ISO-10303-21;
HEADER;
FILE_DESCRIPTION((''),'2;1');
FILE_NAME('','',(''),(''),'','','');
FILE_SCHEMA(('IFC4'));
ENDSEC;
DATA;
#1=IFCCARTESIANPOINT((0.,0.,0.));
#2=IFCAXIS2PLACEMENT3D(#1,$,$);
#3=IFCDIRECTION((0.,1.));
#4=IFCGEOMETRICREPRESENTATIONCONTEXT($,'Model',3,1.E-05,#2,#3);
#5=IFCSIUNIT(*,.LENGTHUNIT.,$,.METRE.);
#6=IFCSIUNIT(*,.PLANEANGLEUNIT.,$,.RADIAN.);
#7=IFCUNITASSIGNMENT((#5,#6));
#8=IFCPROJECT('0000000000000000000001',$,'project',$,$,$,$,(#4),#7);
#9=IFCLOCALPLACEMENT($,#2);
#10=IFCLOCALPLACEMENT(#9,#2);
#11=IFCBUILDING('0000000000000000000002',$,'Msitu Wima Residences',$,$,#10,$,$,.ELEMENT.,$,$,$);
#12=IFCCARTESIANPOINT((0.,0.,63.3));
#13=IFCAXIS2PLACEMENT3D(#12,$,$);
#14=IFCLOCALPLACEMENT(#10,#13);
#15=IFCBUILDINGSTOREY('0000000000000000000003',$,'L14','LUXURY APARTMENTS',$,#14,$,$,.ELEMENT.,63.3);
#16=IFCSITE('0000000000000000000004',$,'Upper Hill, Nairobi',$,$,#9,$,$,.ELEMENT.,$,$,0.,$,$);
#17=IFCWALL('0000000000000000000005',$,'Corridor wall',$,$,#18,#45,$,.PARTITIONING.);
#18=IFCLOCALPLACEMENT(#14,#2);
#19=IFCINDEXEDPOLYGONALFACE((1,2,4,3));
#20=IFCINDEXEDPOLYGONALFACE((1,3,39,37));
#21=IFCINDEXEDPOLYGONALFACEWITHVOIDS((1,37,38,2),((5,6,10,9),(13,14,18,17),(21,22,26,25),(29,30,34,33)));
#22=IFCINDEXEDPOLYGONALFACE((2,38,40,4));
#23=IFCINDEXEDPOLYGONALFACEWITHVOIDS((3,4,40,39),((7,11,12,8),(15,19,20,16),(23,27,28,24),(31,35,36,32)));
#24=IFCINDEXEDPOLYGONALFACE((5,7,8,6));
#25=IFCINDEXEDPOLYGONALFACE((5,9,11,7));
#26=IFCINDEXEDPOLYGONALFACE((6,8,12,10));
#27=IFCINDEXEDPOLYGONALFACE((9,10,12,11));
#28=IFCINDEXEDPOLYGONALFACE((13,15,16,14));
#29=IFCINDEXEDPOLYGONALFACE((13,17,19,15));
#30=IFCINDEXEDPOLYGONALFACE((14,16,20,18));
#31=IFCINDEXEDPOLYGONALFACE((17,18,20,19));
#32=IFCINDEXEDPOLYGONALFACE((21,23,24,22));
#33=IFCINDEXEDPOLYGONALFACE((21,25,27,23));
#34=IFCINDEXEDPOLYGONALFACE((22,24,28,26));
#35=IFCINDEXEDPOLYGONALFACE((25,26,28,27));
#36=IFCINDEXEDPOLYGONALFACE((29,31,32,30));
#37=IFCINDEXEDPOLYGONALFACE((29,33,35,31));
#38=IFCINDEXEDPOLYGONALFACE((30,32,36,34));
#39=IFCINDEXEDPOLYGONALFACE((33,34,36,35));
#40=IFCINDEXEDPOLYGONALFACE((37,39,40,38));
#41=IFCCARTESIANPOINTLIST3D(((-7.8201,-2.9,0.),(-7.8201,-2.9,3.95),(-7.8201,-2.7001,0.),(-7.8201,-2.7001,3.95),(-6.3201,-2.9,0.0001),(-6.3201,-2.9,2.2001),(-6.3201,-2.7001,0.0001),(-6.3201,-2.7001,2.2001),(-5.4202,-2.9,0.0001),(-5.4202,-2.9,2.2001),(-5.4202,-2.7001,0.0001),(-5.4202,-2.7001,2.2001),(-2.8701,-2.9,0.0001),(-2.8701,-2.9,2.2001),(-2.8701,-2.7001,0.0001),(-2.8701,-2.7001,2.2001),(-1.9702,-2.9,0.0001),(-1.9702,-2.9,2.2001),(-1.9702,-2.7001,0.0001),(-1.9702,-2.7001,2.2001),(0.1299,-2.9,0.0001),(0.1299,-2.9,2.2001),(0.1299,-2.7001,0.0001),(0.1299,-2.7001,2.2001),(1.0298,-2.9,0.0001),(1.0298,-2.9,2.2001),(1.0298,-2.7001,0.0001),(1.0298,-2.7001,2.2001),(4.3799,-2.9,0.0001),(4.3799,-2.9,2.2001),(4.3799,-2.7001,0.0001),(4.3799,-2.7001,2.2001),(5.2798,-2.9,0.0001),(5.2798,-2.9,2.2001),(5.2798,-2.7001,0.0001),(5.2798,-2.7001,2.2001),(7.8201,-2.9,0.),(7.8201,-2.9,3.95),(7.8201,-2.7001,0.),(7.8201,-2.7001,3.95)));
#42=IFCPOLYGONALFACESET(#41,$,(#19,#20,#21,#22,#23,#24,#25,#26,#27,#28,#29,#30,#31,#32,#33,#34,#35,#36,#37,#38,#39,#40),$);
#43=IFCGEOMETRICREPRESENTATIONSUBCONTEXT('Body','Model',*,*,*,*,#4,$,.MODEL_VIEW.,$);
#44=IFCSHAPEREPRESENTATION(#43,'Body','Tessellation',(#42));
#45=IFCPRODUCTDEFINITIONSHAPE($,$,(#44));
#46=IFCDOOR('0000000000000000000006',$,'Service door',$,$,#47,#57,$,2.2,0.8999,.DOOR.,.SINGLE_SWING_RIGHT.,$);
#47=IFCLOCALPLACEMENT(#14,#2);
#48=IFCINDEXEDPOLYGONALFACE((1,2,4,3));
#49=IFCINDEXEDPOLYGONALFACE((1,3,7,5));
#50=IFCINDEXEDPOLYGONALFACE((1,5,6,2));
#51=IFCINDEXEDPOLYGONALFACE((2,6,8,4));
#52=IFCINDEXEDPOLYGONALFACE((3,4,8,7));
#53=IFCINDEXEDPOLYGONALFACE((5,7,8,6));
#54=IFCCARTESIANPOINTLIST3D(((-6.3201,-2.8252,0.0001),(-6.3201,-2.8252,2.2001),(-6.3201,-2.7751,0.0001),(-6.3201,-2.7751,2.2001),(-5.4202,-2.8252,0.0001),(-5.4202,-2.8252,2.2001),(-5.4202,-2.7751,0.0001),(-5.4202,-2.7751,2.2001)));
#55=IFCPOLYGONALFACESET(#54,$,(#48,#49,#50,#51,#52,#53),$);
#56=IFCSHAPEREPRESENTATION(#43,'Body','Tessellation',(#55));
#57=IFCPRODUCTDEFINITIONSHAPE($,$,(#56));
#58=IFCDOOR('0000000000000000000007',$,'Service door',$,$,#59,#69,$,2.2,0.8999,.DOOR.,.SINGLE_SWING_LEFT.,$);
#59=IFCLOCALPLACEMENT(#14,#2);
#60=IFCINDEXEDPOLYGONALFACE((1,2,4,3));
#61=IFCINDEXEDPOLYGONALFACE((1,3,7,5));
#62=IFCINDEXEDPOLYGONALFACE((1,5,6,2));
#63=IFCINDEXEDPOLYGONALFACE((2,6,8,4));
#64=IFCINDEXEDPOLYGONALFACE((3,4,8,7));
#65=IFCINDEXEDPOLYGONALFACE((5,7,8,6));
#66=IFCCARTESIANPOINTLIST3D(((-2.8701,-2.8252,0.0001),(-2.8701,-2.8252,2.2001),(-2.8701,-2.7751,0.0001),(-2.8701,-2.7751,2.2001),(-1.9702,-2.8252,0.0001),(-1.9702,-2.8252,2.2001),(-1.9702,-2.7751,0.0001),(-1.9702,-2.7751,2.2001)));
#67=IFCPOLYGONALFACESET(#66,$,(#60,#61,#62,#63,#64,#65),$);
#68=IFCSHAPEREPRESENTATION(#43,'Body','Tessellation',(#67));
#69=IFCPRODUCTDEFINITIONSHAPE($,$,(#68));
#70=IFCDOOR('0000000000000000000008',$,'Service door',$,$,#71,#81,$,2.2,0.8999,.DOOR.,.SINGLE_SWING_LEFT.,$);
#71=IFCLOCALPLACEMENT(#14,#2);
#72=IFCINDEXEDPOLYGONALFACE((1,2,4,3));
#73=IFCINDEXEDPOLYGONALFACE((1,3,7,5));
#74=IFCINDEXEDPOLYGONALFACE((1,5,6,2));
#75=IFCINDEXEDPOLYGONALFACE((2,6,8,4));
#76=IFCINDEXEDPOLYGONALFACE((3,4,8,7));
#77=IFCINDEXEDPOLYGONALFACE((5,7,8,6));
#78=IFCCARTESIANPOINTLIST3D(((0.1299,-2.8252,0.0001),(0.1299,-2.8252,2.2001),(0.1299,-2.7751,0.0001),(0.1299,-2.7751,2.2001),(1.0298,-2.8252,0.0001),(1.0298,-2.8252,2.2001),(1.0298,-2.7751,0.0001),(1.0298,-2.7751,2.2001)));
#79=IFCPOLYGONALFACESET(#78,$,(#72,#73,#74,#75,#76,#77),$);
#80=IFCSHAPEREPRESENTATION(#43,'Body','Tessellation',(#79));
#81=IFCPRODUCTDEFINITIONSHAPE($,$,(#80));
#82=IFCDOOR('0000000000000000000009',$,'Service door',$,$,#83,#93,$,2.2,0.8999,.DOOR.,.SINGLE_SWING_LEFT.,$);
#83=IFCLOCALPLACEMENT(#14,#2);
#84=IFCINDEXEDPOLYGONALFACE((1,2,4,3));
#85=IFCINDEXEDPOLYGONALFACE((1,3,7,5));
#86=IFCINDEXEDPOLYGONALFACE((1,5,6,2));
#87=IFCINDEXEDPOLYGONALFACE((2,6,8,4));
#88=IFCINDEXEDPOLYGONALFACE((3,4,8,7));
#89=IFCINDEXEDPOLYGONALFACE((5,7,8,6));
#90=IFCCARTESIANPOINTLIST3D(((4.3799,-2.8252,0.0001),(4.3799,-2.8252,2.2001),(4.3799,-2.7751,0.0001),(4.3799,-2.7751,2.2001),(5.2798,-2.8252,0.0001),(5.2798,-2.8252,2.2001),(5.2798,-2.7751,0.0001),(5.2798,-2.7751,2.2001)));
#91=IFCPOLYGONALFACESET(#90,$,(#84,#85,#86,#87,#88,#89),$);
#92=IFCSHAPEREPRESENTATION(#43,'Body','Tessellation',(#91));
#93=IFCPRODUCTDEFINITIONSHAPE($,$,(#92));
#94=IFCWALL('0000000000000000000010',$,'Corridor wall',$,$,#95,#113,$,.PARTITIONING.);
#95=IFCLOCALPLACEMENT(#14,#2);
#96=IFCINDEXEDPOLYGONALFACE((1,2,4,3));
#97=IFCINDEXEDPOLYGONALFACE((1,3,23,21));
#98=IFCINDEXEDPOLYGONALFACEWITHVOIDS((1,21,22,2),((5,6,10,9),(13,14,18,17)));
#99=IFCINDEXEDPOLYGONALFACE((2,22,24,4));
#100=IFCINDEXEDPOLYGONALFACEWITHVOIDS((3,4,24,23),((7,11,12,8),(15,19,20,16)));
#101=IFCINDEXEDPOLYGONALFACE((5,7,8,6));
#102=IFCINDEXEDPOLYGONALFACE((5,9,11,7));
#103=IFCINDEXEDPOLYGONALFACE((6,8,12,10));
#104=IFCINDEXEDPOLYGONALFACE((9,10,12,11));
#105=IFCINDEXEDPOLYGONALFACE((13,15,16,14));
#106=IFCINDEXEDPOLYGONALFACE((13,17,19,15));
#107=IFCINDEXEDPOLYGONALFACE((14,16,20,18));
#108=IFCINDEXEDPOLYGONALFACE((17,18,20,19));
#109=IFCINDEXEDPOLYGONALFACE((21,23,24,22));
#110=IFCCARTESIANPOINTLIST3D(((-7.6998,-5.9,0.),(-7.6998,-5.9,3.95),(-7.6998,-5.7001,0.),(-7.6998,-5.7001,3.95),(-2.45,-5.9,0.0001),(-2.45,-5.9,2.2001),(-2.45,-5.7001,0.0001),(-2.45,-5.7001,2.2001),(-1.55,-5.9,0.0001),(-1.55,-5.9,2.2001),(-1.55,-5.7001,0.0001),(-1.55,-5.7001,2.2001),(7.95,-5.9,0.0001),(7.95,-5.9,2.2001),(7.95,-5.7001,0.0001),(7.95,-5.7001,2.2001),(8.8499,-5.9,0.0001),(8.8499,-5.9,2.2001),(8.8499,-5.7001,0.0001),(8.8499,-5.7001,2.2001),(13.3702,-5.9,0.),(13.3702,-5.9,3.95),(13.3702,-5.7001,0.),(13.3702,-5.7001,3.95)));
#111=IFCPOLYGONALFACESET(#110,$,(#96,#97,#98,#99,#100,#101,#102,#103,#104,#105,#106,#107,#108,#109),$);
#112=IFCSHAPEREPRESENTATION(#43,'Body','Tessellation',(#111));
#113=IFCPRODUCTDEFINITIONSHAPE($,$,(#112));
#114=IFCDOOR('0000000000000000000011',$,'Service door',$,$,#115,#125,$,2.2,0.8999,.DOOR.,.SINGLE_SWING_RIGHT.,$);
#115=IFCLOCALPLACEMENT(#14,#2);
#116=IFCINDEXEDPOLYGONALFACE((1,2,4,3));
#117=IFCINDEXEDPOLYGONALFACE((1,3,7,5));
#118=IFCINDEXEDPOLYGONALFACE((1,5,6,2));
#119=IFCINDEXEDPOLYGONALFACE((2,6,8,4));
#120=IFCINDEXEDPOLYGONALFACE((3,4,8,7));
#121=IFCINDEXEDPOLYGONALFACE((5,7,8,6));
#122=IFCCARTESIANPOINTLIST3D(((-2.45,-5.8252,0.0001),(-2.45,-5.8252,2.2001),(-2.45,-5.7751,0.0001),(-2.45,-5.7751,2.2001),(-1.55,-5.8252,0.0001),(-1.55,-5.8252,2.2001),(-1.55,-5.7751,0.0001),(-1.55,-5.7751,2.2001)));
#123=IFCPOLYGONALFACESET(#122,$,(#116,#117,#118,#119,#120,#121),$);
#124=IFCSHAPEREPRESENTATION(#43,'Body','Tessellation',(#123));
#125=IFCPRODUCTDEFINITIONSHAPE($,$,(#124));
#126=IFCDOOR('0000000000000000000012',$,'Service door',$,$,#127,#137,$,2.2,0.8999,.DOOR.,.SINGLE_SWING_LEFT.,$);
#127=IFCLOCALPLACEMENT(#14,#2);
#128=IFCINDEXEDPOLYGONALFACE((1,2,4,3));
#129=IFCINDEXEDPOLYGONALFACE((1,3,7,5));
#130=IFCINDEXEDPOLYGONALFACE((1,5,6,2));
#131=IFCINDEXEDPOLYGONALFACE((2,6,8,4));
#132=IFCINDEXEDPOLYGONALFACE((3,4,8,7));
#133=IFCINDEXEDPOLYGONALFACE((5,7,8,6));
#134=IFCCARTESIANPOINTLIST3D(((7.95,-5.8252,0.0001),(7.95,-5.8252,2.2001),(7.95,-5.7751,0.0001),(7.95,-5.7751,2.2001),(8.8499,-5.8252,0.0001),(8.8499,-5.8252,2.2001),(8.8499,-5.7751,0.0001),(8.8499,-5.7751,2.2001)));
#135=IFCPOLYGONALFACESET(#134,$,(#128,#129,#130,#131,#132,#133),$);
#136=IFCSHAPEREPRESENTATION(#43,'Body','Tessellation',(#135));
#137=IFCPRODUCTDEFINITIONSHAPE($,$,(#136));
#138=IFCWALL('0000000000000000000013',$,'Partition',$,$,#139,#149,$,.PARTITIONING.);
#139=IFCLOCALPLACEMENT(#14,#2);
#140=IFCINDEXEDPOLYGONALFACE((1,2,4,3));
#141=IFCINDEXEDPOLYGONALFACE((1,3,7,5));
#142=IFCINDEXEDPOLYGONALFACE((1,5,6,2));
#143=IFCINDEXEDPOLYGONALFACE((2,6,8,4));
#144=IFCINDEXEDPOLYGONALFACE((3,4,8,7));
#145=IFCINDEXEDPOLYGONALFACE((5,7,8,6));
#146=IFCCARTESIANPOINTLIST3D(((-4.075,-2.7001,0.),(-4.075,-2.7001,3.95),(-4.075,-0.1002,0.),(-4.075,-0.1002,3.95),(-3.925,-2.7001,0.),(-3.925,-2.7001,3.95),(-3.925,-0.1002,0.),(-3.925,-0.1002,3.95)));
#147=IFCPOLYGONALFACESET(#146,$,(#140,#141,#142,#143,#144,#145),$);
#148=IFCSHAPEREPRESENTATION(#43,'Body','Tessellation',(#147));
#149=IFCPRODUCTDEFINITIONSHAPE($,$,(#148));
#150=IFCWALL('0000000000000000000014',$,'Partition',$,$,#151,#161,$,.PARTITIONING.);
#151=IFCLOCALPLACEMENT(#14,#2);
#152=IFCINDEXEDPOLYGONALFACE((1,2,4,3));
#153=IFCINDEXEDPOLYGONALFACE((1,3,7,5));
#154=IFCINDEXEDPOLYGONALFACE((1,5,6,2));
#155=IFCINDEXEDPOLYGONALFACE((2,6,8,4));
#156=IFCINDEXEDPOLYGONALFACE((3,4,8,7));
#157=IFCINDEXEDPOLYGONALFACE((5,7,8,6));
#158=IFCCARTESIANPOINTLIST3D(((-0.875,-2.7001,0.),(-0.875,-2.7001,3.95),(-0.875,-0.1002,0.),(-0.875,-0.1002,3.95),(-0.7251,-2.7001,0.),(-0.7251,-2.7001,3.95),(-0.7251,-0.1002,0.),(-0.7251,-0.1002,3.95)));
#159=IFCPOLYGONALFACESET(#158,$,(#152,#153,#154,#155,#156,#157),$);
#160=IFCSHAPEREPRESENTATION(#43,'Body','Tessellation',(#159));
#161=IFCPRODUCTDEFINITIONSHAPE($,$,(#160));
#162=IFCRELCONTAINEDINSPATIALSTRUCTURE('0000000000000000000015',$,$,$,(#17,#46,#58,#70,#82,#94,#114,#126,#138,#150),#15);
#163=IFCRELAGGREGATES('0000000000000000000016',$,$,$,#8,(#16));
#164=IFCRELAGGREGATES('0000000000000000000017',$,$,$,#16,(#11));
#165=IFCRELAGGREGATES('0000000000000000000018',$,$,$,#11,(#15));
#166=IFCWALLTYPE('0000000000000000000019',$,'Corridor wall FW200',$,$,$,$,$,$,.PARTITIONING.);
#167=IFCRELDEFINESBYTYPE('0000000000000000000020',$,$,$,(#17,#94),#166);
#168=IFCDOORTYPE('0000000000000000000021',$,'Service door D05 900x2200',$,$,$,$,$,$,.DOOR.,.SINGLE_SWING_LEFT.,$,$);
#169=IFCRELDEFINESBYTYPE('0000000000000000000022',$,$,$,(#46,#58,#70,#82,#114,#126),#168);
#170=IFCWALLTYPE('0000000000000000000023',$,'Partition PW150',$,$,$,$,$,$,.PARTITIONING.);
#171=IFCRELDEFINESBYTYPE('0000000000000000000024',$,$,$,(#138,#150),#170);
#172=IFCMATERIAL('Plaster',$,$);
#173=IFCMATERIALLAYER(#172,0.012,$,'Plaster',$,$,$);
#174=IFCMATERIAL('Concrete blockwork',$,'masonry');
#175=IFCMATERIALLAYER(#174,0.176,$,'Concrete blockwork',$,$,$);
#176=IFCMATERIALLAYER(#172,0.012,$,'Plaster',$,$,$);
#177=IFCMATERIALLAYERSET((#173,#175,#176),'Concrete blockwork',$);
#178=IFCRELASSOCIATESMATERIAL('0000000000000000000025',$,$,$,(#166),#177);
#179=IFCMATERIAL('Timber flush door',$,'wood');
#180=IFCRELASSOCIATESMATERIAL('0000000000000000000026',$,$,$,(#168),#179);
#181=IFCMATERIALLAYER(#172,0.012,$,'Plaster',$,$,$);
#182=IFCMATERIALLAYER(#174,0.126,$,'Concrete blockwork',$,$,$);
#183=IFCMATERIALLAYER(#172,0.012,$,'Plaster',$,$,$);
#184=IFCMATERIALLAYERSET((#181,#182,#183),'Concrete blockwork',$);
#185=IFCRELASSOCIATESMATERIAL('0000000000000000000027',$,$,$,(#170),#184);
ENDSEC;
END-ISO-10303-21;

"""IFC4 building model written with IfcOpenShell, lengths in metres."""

from ifc_helpers import new_model, si_unit, direction, frame, frame_2d, origin, place, context, subcontext, project, spatial, rectangle, extrude, material, layer, layer_set, type_object, element, fill, save


model = new_model("IFC4")

# Units and contexts
model_context = context("Model", 3, precision=1e-05, world=origin(), true_north=direction((0.0, 1.0)))
body_context = subcontext(model_context, "Body", "Model", "MODEL_VIEW")
ifc_project = project(units=[si_unit("LENGTHUNIT", "METRE"), si_unit("PLANEANGLEUNIT", "RADIAN")], contexts=[model_context])

# Site, building, storey
site_placement = place(None, origin())
site = spatial("IfcSite", under=ifc_project, at=site_placement, Name="Upper Hill, Nairobi", CompositionType="ELEMENT", RefElevation=0.0)
building_placement = place(site_placement, origin())
building = spatial("IfcBuilding", under=site, at=building_placement, Name="Msitu Wima Residences", CompositionType="ELEMENT")
storey_placement = place(building_placement, frame((0.0, 0.0, 63.3)))
storey = spatial("IfcBuildingStorey", under=building, at=storey_placement, Name="L14", Description="LUXURY APARTMENTS", CompositionType="ELEMENT", Elevation=63.3)

# Wall, openings, doors
ifc_material_1 = material(Name="Plaster")
ifc_layer_1 = layer(ifc_material_1, 0.012, Name="Plaster")
ifc_material_2 = material(Name="Concrete blockwork", Category="masonry")
ifc_layer_2 = layer(ifc_material_2, 0.176, Name="Concrete blockwork")
ifc_layer_3 = layer(ifc_material_1, 0.012, Name="Plaster")
ifc_layer_set_1 = layer_set([ifc_layer_1, ifc_layer_2, ifc_layer_3], Name="Concrete blockwork")
wall_type_1 = type_object("IfcWallType", Name="Corridor wall FW200", PredefinedType="PARTITIONING", material=ifc_layer_set_1)
wall_1_placement = place(storey_placement, frame((-7.8201, -2.8, 0.0), z_axis=(0.0, 0.0, 1.0), x_axis=(1.0, 0.0, 0.0)))
wall_1 = element("IfcWall", 1, at=wall_1_placement, inside=storey, type_object=wall_type_1, Name="Corridor wall", PredefinedType="PARTITIONING", context=body_context, shape_type="SweptSolid", body=[
    extrude(rectangle(XDim=15.6401, YDim=0.2, at=frame_2d((7.8201, 0.0))), origin(), (0.0, 0.0, 1.0), 3.95),
])
opening_1_placement = place(wall_1_placement, frame((1.5, 0.0, 0.0)))
opening_1 = element("IfcOpeningElement", 2, at=opening_1_placement, cuts=wall_1, PredefinedType="OPENING", context=body_context, shape_type="SweptSolid", body=[
    extrude(rectangle(XDim=0.8999, YDim=2.2, at=frame_2d((0.45, 1.1001))), frame((0.0, 0.1099, 0.0), z_axis=(0.0, -1.0, 0.0), x_axis=(1.0, 0.0, 0.0)), (0.0, 0.0, 1.0), 0.22),
])
opening_2_placement = place(wall_1_placement, frame((4.95, 0.0, 0.0)))
opening_2 = element("IfcOpeningElement", 3, at=opening_2_placement, cuts=wall_1, PredefinedType="OPENING", context=body_context, shape_type="SweptSolid", body=[
    extrude(rectangle(XDim=0.8999, YDim=2.2, at=frame_2d((0.45, 1.1001))), frame((0.0, 0.1099, 0.0), z_axis=(0.0, -1.0, 0.0), x_axis=(1.0, 0.0, 0.0)), (0.0, 0.0, 1.0), 0.22),
])
opening_3_placement = place(wall_1_placement, frame((7.95, 0.0, 0.0)))
opening_3 = element("IfcOpeningElement", 4, at=opening_3_placement, cuts=wall_1, PredefinedType="OPENING", context=body_context, shape_type="SweptSolid", body=[
    extrude(rectangle(XDim=0.8999, YDim=2.2, at=frame_2d((0.45, 1.1001))), frame((0.0, 0.1099, 0.0), z_axis=(0.0, -1.0, 0.0), x_axis=(1.0, 0.0, 0.0)), (0.0, 0.0, 1.0), 0.22),
])
opening_4_placement = place(wall_1_placement, frame((12.2, 0.0, 0.0)))
opening_4 = element("IfcOpeningElement", 5, at=opening_4_placement, cuts=wall_1, PredefinedType="OPENING", context=body_context, shape_type="SweptSolid", body=[
    extrude(rectangle(XDim=0.8999, YDim=2.2, at=frame_2d((0.45, 1.1001))), frame((0.0, 0.1099, 0.0), z_axis=(0.0, -1.0, 0.0), x_axis=(1.0, 0.0, 0.0)), (0.0, 0.0, 1.0), 0.22),
])
ifc_material_3 = material(Name="Timber flush door", Category="wood")
door_type_1 = type_object("IfcDoorType", Name="Service door D05 900x2200", OperationType="SINGLE_SWING_LEFT", PredefinedType="DOOR", material=ifc_material_3)
door_1_placement = place(opening_1_placement, origin())
door_1 = element("IfcDoor", 6, at=door_1_placement, inside=storey, type_object=door_type_1, Name="Service door", OperationType="SINGLE_SWING_RIGHT", OverallHeight=2.2, OverallWidth=0.8999, PredefinedType="DOOR", context=body_context, shape_type="SweptSolid", body=[
    extrude(rectangle(XDim=0.8999, YDim=2.2, at=frame_2d((0.45, 1.1001))), frame((0.0, 0.0249, 0.0), z_axis=(0.0, -1.0, 0.0), x_axis=(1.0, 0.0, 0.0)), (0.0, 0.0, 1.0), 0.05),
])
fill(opening_1, door_1)
door_2_placement = place(opening_2_placement, origin())
door_2 = element("IfcDoor", 7, at=door_2_placement, inside=storey, type_object=door_type_1, Name="Service door", OperationType="SINGLE_SWING_LEFT", OverallHeight=2.2, OverallWidth=0.8999, PredefinedType="DOOR", context=body_context, shape_type="SweptSolid", body=[
    extrude(rectangle(XDim=0.8999, YDim=2.2, at=frame_2d((0.45, 1.1001))), frame((0.0, 0.0249, 0.0), z_axis=(0.0, -1.0, 0.0), x_axis=(1.0, 0.0, 0.0)), (0.0, 0.0, 1.0), 0.05),
])
fill(opening_2, door_2)
door_3_placement = place(opening_3_placement, origin())
door_3 = element("IfcDoor", 8, at=door_3_placement, inside=storey, type_object=door_type_1, Name="Service door", OperationType="SINGLE_SWING_LEFT", OverallHeight=2.2, OverallWidth=0.8999, PredefinedType="DOOR", context=body_context, shape_type="SweptSolid", body=[
    extrude(rectangle(XDim=0.8999, YDim=2.2, at=frame_2d((0.45, 1.1001))), frame((0.0, 0.0249, 0.0), z_axis=(0.0, -1.0, 0.0), x_axis=(1.0, 0.0, 0.0)), (0.0, 0.0, 1.0), 0.05),
])
fill(opening_3, door_3)
door_4_placement = place(opening_4_placement, origin())
door_4 = element("IfcDoor", 9, at=door_4_placement, inside=storey, type_object=door_type_1, Name="Service door", OperationType="SINGLE_SWING_LEFT", OverallHeight=2.2, OverallWidth=0.8999, PredefinedType="DOOR", context=body_context, shape_type="SweptSolid", body=[
    extrude(rectangle(XDim=0.8999, YDim=2.2, at=frame_2d((0.45, 1.1001))), frame((0.0, 0.0249, 0.0), z_axis=(0.0, -1.0, 0.0), x_axis=(1.0, 0.0, 0.0)), (0.0, 0.0, 1.0), 0.05),
])
fill(opening_4, door_4)

# Wall, openings, doors
wall_2_placement = place(storey_placement, frame((-7.7, -5.8, 0.0), z_axis=(0.0, 0.0, 1.0), x_axis=(1.0, 0.0, 0.0)))
wall_2 = element("IfcWall", 10, at=wall_2_placement, inside=storey, type_object=wall_type_1, Name="Corridor wall", PredefinedType="PARTITIONING", context=body_context, shape_type="SweptSolid", body=[
    extrude(rectangle(XDim=21.0701, YDim=0.2, at=frame_2d((10.5352, 0.0))), origin(), (0.0, 0.0, 1.0), 3.95),
])
opening_5_placement = place(wall_2_placement, frame((5.25, 0.0, 0.0)))
opening_5 = element("IfcOpeningElement", 11, at=opening_5_placement, cuts=wall_2, PredefinedType="OPENING", context=body_context, shape_type="SweptSolid", body=[
    extrude(rectangle(XDim=0.8999, YDim=2.2, at=frame_2d((0.45, 1.1001))), frame((0.0, 0.1099, 0.0), z_axis=(0.0, -1.0, 0.0), x_axis=(1.0, 0.0, 0.0)), (0.0, 0.0, 1.0), 0.22),
])
opening_6_placement = place(wall_2_placement, frame((15.6499, 0.0, 0.0)))
opening_6 = element("IfcOpeningElement", 12, at=opening_6_placement, cuts=wall_2, PredefinedType="OPENING", context=body_context, shape_type="SweptSolid", body=[
    extrude(rectangle(XDim=0.8999, YDim=2.2, at=frame_2d((0.45, 1.1001))), frame((0.0, 0.1099, 0.0), z_axis=(0.0, -1.0, 0.0), x_axis=(1.0, 0.0, 0.0)), (0.0, 0.0, 1.0), 0.22),
])
door_5_placement = place(opening_5_placement, origin())
door_5 = element("IfcDoor", 13, at=door_5_placement, inside=storey, type_object=door_type_1, Name="Service door", OperationType="SINGLE_SWING_RIGHT", OverallHeight=2.2, OverallWidth=0.8999, PredefinedType="DOOR", context=body_context, shape_type="SweptSolid", body=[
    extrude(rectangle(XDim=0.8999, YDim=2.2, at=frame_2d((0.45, 1.1001))), frame((0.0, 0.0249, 0.0), z_axis=(0.0, -1.0, 0.0), x_axis=(1.0, 0.0, 0.0)), (0.0, 0.0, 1.0), 0.05),
])
fill(opening_5, door_5)
door_6_placement = place(opening_6_placement, origin())
door_6 = element("IfcDoor", 14, at=door_6_placement, inside=storey, type_object=door_type_1, Name="Service door", OperationType="SINGLE_SWING_LEFT", OverallHeight=2.2, OverallWidth=0.8999, PredefinedType="DOOR", context=body_context, shape_type="SweptSolid", body=[
    extrude(rectangle(XDim=0.8999, YDim=2.2, at=frame_2d((0.45, 1.1001))), frame((0.0, 0.0249, 0.0), z_axis=(0.0, -1.0, 0.0), x_axis=(1.0, 0.0, 0.0)), (0.0, 0.0, 1.0), 0.05),
])
fill(opening_6, door_6)

# Walls
ifc_layer_4 = layer(ifc_material_1, 0.012, Name="Plaster")
ifc_layer_5 = layer(ifc_material_2, 0.126, Name="Concrete blockwork")
ifc_layer_6 = layer(ifc_material_1, 0.012, Name="Plaster")
ifc_layer_set_2 = layer_set([ifc_layer_4, ifc_layer_5, ifc_layer_6], Name="Concrete blockwork")
wall_type_2 = type_object("IfcWallType", Name="Partition PW150", PredefinedType="PARTITIONING", material=ifc_layer_set_2)
for number, where, z_axis, x_axis, name in (
    (15, (-4.0, -2.7, 0.0), (0.0, 0.0, 1.0), (0.0, 1.0, 0.0), "Partition"),
    (16, (-0.8, -2.7, 0.0), (0.0, 0.0, 1.0), (0.0, 1.0, 0.0), "Partition"),
):
    element("IfcWall", number, at=place(storey_placement, frame(where, z_axis=z_axis, x_axis=x_axis)), inside=storey, type_object=wall_type_2, Name=name, PredefinedType="PARTITIONING", context=body_context, shape_type="SweptSolid", body=[
        extrude(rectangle(XDim=2.5999, YDim=0.1499, at=frame_2d((1.2998, 0.0))), origin(), (0.0, 0.0, 1.0), 3.95),
    ])

save(model, "model.ifc")
